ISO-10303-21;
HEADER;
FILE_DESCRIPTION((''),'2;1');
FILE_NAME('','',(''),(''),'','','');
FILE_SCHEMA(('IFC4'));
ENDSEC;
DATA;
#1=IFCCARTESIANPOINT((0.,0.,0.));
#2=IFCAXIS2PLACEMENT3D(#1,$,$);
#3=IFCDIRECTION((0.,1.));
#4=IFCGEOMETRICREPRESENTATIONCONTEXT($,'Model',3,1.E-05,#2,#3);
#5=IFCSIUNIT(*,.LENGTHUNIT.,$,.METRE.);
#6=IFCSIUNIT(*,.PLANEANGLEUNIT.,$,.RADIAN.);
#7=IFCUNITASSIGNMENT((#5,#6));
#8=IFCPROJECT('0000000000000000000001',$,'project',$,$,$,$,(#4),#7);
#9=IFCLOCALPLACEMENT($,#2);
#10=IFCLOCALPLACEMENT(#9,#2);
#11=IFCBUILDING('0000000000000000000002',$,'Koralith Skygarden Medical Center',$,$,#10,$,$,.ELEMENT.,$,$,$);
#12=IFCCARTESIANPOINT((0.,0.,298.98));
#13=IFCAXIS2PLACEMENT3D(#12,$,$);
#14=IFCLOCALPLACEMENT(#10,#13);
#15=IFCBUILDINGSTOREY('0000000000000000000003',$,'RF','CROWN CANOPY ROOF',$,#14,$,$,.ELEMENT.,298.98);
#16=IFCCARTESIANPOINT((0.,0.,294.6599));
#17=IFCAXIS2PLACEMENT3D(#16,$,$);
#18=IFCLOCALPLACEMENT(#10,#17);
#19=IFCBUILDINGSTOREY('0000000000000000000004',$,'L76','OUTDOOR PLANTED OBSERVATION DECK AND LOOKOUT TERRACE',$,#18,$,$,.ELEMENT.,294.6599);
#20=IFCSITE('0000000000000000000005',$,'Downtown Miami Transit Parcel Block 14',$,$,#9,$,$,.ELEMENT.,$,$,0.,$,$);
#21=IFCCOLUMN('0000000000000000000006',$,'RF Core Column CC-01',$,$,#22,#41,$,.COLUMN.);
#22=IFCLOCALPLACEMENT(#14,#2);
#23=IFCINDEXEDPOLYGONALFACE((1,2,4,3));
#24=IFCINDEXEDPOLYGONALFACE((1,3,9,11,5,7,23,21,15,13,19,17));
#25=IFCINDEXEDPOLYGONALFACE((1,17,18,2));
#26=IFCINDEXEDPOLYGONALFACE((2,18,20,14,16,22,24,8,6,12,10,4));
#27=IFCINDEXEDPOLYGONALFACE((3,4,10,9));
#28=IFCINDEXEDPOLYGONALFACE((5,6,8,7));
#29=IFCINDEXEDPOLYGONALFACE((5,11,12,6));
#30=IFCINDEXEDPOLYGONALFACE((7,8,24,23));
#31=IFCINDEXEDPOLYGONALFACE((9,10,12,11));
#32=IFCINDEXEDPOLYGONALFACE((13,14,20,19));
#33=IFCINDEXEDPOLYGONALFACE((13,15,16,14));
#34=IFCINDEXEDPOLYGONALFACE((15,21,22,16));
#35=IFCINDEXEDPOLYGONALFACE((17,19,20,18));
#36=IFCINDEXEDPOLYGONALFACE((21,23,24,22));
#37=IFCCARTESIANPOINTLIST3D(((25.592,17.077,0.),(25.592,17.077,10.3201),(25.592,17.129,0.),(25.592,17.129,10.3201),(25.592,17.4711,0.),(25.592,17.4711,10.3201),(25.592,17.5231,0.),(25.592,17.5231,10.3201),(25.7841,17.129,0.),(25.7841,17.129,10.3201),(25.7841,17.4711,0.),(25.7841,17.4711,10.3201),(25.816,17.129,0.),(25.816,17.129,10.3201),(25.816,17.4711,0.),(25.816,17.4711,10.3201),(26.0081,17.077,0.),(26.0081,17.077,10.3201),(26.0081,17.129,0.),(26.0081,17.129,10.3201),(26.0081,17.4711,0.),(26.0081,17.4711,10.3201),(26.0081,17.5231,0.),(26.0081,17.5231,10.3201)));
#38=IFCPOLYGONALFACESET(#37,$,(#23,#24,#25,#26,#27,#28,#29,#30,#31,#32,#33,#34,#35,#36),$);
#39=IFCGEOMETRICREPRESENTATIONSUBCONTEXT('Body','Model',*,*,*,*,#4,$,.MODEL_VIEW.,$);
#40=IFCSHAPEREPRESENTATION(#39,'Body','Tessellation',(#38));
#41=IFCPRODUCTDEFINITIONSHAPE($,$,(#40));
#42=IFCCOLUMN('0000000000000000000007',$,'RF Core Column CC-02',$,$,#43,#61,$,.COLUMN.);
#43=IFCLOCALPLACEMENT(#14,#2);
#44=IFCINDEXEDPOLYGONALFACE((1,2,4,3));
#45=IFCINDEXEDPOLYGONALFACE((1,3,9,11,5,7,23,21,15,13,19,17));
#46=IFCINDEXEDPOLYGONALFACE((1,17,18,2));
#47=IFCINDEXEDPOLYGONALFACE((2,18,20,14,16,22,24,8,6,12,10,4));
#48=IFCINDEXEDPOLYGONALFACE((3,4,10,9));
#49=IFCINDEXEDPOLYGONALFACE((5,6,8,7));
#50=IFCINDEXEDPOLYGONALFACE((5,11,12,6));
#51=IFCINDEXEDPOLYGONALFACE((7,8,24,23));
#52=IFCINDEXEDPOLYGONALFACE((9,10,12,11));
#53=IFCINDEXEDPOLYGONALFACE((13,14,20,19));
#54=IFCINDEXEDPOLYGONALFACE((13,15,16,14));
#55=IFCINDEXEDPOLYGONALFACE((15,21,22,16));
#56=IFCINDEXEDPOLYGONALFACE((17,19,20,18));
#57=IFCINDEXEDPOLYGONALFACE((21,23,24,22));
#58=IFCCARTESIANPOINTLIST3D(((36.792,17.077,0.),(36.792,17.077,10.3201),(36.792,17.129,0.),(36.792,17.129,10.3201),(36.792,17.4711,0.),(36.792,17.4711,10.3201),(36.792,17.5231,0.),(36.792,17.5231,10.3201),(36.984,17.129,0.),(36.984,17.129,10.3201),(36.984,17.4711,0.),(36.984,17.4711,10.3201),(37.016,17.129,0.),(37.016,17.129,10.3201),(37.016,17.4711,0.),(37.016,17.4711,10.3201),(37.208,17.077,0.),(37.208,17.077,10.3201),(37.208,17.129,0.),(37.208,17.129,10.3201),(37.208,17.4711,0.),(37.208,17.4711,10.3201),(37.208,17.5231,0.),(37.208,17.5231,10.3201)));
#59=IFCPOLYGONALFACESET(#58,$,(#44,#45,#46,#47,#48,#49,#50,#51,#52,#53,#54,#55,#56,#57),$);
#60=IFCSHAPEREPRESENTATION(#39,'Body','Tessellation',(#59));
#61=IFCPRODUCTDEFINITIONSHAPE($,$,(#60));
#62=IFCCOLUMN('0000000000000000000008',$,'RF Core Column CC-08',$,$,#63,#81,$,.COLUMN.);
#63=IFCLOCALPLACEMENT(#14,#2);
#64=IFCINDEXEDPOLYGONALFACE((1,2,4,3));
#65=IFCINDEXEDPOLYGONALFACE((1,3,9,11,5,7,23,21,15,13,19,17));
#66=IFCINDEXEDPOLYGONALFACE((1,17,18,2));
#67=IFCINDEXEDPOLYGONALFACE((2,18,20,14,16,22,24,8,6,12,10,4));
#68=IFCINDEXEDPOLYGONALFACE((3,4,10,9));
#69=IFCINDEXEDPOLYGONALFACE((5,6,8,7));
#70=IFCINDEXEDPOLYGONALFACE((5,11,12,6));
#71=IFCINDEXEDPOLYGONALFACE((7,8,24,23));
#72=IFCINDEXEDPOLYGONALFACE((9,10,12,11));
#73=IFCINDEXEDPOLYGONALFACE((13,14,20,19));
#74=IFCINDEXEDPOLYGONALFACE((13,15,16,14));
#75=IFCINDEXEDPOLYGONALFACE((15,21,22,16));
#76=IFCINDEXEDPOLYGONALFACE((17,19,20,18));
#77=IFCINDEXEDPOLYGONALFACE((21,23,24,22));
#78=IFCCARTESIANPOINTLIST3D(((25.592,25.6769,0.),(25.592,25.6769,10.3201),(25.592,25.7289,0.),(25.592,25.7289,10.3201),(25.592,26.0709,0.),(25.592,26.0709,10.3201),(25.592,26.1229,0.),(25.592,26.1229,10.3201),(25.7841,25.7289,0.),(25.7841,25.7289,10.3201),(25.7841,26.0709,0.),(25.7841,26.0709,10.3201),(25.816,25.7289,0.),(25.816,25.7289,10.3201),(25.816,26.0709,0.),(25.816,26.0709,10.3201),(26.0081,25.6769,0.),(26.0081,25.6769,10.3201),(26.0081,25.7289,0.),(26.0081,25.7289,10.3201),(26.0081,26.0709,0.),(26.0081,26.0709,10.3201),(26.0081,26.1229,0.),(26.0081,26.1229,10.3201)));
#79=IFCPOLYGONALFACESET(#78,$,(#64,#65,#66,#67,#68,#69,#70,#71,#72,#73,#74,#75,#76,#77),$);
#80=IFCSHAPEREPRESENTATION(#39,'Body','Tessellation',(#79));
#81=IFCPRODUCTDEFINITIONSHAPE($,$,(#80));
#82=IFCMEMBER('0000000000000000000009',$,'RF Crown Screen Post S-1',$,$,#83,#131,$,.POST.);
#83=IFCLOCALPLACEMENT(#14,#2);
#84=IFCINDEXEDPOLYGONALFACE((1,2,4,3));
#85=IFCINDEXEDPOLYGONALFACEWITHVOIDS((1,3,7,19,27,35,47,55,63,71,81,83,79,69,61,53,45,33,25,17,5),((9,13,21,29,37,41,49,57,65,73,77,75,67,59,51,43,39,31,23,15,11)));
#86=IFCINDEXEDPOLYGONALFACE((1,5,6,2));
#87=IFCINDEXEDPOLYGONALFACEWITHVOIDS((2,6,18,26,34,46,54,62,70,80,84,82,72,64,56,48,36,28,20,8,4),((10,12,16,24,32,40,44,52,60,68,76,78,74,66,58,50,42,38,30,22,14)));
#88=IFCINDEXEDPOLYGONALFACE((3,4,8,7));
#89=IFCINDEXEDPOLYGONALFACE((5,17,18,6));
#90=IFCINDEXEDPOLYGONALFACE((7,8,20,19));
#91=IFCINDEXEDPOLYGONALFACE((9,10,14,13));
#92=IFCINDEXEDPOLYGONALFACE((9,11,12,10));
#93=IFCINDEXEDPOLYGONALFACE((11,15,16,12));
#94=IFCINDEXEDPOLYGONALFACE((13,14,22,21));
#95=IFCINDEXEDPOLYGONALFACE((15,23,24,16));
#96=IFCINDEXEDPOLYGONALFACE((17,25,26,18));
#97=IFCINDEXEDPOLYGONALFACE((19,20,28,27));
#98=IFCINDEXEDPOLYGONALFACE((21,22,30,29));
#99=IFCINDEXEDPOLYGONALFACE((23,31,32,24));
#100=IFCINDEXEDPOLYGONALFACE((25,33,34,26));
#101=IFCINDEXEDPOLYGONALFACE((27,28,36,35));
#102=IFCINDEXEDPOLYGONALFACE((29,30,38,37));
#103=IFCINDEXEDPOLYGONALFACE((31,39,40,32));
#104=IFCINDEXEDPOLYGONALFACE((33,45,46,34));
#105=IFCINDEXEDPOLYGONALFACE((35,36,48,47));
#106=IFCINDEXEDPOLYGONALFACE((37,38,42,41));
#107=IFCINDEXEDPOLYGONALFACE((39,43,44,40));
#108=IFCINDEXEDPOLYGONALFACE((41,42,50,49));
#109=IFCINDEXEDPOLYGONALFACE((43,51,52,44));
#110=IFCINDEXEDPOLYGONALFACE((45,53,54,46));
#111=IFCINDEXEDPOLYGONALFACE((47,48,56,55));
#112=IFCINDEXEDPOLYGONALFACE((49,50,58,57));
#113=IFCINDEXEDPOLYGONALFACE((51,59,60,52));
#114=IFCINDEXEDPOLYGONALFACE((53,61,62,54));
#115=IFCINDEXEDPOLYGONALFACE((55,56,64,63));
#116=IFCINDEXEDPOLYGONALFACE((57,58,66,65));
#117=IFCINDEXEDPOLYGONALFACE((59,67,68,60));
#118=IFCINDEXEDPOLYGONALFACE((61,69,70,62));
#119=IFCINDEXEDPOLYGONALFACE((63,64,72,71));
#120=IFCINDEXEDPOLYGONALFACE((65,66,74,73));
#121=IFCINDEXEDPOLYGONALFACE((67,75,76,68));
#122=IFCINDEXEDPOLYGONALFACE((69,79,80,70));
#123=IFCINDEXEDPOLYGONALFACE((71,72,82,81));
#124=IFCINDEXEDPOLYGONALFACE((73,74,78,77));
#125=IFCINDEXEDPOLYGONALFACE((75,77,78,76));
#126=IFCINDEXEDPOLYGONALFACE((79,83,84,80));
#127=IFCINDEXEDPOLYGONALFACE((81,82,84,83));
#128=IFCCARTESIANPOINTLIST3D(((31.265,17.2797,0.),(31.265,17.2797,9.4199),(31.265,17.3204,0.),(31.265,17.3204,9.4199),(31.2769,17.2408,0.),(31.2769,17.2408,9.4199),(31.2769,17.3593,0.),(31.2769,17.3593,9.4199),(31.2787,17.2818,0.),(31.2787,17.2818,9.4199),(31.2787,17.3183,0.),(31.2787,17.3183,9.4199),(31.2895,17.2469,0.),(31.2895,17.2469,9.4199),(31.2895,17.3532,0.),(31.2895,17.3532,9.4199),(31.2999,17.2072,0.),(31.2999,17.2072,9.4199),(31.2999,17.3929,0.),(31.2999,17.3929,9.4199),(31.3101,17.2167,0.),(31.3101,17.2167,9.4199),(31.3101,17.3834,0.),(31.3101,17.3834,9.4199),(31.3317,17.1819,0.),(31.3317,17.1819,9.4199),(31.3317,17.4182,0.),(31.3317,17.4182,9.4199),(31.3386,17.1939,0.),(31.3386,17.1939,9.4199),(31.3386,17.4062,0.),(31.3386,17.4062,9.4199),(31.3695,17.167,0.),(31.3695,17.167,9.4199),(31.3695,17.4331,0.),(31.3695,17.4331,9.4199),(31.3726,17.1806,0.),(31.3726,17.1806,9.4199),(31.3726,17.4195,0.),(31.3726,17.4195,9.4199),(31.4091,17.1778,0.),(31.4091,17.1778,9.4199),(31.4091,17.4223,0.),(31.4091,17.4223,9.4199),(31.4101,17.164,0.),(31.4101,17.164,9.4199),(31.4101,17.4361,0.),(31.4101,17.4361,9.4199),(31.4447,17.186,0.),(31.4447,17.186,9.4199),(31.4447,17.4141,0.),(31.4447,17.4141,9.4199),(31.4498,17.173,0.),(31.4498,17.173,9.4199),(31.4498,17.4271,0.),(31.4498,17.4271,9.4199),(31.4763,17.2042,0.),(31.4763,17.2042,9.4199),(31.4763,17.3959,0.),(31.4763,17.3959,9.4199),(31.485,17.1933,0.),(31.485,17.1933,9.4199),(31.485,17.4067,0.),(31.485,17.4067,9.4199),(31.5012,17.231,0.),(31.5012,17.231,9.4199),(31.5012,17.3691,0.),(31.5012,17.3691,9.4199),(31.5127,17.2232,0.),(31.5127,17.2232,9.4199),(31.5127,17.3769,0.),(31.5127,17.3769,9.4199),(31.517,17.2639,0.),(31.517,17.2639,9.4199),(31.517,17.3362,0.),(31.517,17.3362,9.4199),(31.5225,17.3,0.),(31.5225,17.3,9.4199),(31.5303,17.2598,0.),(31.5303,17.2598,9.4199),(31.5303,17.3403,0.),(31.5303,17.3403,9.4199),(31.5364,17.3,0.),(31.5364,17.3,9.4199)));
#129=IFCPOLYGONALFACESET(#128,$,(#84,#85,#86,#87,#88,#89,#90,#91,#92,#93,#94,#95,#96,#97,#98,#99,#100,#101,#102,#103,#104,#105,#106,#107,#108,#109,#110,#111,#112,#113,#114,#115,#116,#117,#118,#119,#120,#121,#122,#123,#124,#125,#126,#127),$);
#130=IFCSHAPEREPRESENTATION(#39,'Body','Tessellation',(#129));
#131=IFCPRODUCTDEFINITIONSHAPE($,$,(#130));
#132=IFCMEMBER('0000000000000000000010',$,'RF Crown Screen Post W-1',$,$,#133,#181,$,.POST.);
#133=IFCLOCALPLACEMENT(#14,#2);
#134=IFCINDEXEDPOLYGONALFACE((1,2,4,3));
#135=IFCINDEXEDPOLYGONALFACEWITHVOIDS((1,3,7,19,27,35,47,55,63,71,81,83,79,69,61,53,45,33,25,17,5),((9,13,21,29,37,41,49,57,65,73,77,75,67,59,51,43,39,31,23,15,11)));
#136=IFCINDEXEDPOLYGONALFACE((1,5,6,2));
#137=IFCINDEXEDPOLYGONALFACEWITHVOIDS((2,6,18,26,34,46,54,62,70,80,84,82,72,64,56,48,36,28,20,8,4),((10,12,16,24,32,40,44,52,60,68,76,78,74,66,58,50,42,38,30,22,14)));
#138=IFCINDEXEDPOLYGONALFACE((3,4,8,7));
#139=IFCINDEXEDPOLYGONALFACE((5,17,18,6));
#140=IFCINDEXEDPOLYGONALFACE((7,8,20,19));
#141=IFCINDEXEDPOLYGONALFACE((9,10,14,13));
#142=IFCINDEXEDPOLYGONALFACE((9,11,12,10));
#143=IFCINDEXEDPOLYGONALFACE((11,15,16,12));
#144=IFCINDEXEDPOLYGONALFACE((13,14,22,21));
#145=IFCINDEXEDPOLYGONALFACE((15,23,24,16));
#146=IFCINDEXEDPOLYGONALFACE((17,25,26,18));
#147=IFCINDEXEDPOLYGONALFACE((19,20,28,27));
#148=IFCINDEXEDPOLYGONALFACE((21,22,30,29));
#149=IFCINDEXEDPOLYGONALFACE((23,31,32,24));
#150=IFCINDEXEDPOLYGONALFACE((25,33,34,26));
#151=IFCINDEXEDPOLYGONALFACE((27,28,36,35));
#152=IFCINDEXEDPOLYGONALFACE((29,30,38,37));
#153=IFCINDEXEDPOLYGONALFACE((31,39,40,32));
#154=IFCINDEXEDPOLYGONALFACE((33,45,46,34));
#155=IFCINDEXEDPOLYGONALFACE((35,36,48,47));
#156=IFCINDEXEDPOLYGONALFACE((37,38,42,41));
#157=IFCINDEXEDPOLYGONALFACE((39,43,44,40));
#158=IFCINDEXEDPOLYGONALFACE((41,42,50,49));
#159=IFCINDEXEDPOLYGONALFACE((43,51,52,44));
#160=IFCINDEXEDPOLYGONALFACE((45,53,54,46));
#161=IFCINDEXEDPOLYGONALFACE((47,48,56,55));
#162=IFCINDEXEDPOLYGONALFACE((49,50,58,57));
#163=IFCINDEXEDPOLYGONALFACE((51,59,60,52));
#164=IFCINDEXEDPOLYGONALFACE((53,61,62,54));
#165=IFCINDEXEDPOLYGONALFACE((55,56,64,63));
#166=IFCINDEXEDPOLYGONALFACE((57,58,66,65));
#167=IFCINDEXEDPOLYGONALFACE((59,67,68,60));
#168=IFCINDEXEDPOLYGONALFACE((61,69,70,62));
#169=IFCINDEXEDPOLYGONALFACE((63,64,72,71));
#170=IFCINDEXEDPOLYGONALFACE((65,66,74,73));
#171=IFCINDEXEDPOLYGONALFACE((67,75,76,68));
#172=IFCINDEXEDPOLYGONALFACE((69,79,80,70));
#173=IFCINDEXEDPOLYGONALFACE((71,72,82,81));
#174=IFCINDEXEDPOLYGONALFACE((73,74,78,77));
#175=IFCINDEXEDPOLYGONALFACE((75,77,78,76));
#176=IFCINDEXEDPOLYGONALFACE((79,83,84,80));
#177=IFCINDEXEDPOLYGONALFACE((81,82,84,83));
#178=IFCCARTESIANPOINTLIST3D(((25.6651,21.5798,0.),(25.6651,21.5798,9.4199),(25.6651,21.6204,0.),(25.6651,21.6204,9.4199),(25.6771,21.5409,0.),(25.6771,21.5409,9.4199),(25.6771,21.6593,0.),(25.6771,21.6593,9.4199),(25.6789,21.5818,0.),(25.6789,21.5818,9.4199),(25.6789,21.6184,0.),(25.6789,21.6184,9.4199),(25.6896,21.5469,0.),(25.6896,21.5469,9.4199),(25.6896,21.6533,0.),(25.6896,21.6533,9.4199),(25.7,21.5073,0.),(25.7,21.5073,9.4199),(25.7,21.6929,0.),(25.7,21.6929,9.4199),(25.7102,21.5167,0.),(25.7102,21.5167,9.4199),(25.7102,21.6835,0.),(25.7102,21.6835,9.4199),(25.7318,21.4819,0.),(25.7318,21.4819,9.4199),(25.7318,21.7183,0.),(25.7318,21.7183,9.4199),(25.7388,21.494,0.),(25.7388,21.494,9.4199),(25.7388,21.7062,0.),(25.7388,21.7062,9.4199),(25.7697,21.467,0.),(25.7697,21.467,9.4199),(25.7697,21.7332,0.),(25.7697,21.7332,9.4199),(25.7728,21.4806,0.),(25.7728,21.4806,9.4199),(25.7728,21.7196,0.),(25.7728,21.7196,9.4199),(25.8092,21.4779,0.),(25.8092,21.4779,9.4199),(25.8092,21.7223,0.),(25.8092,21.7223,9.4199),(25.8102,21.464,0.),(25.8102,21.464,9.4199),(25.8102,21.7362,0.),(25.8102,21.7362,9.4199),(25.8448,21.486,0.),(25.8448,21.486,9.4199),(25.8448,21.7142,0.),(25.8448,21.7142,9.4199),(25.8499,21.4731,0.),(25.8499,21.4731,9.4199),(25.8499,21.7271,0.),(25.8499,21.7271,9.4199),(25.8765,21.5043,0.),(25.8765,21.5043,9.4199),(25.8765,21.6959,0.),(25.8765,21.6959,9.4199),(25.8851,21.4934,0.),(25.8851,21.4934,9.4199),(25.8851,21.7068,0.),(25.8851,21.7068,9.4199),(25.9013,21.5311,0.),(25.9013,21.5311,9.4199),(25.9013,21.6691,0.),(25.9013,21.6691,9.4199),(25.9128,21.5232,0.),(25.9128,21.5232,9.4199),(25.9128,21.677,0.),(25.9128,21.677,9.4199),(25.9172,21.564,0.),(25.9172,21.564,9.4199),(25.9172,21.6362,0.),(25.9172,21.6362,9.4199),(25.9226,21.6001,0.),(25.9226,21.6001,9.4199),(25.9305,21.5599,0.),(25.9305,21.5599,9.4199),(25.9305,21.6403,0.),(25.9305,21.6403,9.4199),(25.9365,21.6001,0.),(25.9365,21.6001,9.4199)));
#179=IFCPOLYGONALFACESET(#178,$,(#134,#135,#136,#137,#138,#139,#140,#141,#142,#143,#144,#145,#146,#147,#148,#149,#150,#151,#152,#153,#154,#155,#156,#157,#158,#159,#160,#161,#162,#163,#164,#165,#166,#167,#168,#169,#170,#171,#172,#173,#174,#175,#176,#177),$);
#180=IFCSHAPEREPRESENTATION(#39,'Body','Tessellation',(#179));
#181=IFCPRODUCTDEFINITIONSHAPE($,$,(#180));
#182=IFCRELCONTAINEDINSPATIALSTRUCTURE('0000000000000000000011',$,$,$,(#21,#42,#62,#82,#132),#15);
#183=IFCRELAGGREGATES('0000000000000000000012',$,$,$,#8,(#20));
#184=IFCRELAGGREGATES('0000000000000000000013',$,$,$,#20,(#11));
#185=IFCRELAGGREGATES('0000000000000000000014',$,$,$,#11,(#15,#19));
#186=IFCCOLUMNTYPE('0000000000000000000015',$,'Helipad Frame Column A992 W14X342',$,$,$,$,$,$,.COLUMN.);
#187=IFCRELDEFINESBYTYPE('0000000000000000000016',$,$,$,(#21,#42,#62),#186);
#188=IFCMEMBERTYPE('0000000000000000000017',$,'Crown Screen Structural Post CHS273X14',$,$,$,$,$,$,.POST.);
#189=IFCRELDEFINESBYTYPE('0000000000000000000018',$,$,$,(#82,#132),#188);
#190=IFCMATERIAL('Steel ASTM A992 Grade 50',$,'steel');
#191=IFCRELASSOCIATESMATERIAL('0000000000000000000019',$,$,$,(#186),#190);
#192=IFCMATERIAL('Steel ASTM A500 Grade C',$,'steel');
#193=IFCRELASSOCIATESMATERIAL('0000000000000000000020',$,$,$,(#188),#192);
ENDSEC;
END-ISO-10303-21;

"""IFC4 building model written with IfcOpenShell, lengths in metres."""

from ifc_helpers import new_model, si_unit, direction, frame, origin, origin_2d, place, context, subcontext, project, spatial, hollow_circle, i_section, extrude, material, material_profile, profile_set, type_object, element, save


model = new_model("IFC4")

# Units and contexts
model_context = context("Model", 3, precision=1e-05, world=origin(), true_north=direction((0.0, 1.0)))
body_context = subcontext(model_context, "Body", "Model", "MODEL_VIEW")
ifc_project = project(units=[si_unit("LENGTHUNIT", "METRE"), si_unit("PLANEANGLEUNIT", "RADIAN")], contexts=[model_context])

# Site, building, storey
site_placement = place(None, origin())
site = spatial("IfcSite", under=ifc_project, at=site_placement, Name="Downtown Miami Transit Parcel Block 14", CompositionType="ELEMENT", RefElevation=0.0)
building_placement = place(site_placement, origin())
building = spatial("IfcBuilding", under=site, at=building_placement, Name="Koralith Skygarden Medical Center", CompositionType="ELEMENT")
storey_1_placement = place(building_placement, frame((0.0, 0.0, 298.98)))
storey_1 = spatial("IfcBuildingStorey", under=building, at=storey_1_placement, Name="RF", Description="CROWN CANOPY ROOF", CompositionType="ELEMENT", Elevation=298.98)

# Columns
ifc_material_1 = material(Name="Steel ASTM A992 Grade 50", Category="steel")
ifc_material_profile_1 = material_profile(ifc_material_1, i_section(OverallWidth=0.416, OverallDepth=0.446, WebThickness=0.032, FlangeThickness=0.052, at=origin_2d()), Name="W14X342")
ifc_profile_set_1 = profile_set([ifc_material_profile_1], Name="Steel ASTM A992 Grade 50")
column_type = type_object("IfcColumnType", Name="Helipad Frame Column A992 W14X342", PredefinedType="COLUMN", material=ifc_profile_set_1)
for number, where, z_axis, x_axis, name in (
    (1, (25.8, 17.3, 0.0), (0.0, 0.0, 1.0), (1.0, 0.0, 0.0), "RF Core Column CC-01"),
    (2, (37.0, 17.3, 0.0), (0.0, 0.0, 1.0), (1.0, 0.0, 0.0), "RF Core Column CC-02"),
    (3, (25.8, 25.8999, 0.0), (0.0, 0.0, 1.0), (1.0, 0.0, 0.0), "RF Core Column CC-08"),
):
    element("IfcColumn", number, at=place(storey_1_placement, frame(where, z_axis=z_axis, x_axis=x_axis)), inside=storey_1, type_object=column_type, Name=name, PredefinedType="COLUMN", context=body_context, shape_type="SweptSolid", body=[
        extrude(i_section(OverallWidth=0.416, OverallDepth=0.446, WebThickness=0.032, FlangeThickness=0.052, at=origin_2d()), origin(), (0.0, 0.0, 1.0), 10.3201),
    ])

# Members
ifc_material_2 = material(Name="Steel ASTM A500 Grade C", Category="steel")
ifc_material_profile_2 = material_profile(ifc_material_2, hollow_circle(Radius=0.1365, WallThickness=0.0139, at=origin_2d()), Name="CHS273X14")
ifc_profile_set_2 = profile_set([ifc_material_profile_2], Name="Steel ASTM A500 Grade C")
member_type_1 = type_object("IfcMemberType", Name="Crown Screen Structural Post CHS273X14", PredefinedType="POST", material=ifc_profile_set_2)
for number, where, z_axis, x_axis, name in (
    (4, (31.3999, 17.3, 0.0), (0.0, 0.0, 1.0), (1.0, 0.0, 0.0), "RF Crown Screen Post S-1"),
    (5, (25.8, 21.6001, 0.0), (0.0, 0.0, 1.0), (1.0, 0.0, 0.0), "RF Crown Screen Post W-1"),
):
    element("IfcMember", number, at=place(storey_1_placement, frame(where, z_axis=z_axis, x_axis=x_axis)), inside=storey_1, type_object=member_type_1, Name=name, PredefinedType="POST", context=body_context, shape_type="SweptSolid", body=[
        extrude(hollow_circle(Radius=0.1365, WallThickness=0.0139, at=origin_2d()), origin(), (0.0, 0.0, 1.0), 9.4199),
    ])

# Shared definitions
storey_2_placement = place(building_placement, frame((0.0, 0.0, 294.6599)))
storey_2 = spatial("IfcBuildingStorey", under=building, at=storey_2_placement, Name="L76", Description="OUTDOOR PLANTED OBSERVATION DECK AND LOOKOUT TERRACE", CompositionType="ELEMENT", Elevation=294.6599)

save(model, "model.ifc")
